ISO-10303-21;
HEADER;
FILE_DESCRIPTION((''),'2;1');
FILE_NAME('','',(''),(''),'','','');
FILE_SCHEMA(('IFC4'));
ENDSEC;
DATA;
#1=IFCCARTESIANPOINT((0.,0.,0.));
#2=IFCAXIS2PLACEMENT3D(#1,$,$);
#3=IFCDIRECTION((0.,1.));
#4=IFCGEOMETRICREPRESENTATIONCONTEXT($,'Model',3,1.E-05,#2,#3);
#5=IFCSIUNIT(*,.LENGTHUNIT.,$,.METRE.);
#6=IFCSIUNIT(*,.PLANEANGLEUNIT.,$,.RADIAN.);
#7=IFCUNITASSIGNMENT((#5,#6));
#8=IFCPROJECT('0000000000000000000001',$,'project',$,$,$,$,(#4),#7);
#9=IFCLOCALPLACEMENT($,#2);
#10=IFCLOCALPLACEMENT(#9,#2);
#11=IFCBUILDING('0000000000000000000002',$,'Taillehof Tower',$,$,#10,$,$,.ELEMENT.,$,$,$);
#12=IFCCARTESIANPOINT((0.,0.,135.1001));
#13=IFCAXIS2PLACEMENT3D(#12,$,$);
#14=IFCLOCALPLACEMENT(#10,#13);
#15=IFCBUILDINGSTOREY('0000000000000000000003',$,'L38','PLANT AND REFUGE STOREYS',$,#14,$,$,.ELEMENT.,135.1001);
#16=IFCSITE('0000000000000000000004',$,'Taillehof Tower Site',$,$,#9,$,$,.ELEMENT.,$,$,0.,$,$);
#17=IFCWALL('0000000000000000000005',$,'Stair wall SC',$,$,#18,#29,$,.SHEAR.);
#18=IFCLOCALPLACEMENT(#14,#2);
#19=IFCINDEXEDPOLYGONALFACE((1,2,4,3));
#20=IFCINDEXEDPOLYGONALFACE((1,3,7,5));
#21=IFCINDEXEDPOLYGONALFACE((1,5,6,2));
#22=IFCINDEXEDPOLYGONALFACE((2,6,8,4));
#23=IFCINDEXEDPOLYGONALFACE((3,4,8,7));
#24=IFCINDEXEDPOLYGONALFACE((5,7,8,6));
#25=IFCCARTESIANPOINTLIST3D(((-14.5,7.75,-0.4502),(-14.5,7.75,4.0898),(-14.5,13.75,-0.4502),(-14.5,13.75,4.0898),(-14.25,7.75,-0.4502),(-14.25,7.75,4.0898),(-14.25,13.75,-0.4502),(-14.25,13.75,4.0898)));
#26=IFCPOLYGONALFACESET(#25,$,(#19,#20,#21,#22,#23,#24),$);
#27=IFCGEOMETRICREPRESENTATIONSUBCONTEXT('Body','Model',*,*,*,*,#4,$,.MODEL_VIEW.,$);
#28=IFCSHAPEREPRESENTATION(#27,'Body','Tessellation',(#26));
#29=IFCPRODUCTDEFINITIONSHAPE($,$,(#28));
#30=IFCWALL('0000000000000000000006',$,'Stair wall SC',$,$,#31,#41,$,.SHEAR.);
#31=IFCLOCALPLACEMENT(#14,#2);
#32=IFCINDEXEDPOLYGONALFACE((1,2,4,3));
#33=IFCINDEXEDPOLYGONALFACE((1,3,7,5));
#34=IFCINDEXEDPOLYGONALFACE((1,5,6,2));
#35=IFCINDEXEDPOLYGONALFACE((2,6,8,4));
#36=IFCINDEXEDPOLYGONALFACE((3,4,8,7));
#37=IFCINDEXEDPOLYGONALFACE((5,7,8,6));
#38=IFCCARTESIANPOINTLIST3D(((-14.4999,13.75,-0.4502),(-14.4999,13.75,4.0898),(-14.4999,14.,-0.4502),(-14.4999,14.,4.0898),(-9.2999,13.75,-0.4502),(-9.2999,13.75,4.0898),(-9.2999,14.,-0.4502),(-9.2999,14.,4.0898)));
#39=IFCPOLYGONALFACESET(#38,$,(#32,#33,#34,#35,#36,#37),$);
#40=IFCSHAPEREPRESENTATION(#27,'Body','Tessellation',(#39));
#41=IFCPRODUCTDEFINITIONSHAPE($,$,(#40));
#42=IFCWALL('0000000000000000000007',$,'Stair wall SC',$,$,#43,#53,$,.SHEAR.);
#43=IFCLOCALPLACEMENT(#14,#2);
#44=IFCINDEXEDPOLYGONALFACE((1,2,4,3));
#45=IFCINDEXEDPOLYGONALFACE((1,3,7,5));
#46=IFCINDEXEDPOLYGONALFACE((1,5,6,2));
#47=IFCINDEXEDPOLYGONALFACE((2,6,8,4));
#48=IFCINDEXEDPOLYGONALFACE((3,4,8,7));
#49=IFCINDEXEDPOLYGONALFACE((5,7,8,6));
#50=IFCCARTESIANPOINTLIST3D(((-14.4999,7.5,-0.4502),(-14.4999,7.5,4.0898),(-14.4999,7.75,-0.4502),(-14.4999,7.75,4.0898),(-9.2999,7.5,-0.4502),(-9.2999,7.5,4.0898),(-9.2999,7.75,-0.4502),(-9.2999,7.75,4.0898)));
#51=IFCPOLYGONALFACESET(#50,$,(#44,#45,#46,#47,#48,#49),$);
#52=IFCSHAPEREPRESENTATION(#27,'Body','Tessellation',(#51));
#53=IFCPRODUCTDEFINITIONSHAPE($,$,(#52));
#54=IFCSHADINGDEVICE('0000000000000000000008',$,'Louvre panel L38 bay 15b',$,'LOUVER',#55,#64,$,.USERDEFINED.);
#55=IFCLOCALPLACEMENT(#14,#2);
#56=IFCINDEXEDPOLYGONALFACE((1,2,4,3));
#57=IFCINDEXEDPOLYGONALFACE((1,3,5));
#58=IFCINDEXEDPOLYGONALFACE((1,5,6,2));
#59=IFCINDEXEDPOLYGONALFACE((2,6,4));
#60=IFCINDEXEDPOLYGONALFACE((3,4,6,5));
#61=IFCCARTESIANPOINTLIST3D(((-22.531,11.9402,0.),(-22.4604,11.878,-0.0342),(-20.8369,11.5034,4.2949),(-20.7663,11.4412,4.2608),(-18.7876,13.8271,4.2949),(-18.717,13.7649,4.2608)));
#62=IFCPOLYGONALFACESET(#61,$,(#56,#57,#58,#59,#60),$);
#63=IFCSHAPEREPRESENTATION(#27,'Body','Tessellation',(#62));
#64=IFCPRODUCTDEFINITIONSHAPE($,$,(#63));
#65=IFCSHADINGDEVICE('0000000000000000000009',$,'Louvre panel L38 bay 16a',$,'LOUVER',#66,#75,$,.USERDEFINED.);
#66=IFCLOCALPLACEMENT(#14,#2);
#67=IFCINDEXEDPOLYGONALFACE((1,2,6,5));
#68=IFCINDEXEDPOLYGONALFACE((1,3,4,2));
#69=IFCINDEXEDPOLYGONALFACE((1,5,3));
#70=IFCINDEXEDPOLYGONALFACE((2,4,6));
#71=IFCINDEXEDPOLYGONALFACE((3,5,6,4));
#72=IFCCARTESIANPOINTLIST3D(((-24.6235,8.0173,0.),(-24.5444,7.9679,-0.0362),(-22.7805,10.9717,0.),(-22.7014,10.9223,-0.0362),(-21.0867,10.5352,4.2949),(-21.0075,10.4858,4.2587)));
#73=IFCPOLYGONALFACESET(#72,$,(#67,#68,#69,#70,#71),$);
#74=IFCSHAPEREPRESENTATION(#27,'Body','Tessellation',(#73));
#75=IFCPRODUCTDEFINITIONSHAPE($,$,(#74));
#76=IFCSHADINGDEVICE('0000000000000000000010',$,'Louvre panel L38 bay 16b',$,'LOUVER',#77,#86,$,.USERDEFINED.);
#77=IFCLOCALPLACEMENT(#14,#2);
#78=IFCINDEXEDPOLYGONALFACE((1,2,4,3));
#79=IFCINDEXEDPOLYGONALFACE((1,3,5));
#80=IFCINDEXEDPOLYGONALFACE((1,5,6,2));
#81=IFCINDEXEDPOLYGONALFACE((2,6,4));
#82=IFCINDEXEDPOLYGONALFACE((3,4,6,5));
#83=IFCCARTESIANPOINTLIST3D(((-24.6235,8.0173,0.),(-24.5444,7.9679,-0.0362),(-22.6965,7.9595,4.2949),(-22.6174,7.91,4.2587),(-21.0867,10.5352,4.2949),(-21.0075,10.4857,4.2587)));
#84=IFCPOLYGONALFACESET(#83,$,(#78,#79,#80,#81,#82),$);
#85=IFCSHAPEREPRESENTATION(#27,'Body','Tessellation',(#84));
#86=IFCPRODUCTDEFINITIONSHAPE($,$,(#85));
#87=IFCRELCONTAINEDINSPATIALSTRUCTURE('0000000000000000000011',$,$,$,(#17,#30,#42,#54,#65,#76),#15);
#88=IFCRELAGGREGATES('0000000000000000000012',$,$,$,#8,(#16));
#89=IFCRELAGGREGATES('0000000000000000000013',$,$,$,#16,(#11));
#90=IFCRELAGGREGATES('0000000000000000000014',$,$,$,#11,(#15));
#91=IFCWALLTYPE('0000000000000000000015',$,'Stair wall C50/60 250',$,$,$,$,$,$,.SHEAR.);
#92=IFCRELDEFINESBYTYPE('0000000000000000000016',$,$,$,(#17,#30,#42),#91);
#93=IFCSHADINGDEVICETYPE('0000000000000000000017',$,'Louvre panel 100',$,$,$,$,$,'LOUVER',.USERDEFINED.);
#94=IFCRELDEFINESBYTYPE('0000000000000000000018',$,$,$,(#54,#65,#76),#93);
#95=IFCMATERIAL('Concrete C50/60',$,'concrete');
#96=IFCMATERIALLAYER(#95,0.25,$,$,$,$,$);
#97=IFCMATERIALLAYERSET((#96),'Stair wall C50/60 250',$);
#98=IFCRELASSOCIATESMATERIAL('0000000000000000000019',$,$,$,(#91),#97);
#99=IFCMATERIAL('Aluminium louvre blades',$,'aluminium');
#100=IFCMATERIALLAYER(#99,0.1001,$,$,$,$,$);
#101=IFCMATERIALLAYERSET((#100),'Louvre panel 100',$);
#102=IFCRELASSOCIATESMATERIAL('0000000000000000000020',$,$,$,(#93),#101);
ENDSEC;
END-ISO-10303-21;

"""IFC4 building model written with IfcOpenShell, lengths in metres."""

from ifc_helpers import new_model, si_unit, direction, frame, frame_2d, origin, place, context, subcontext, project, spatial, polyline, rectangle, outline, extrude, material, layer, layer_set, type_object, element, save


model = new_model("IFC4")

# Units and contexts
model_context = context("Model", 3, precision=1e-05, world=origin(), true_north=direction((0.0, 1.0)))
body_context = subcontext(model_context, "Body", "Model", "MODEL_VIEW")
ifc_project = project(units=[si_unit("LENGTHUNIT", "METRE"), si_unit("PLANEANGLEUNIT", "RADIAN")], contexts=[model_context])

# Site, building, storey
site_placement = place(None, origin())
site = spatial("IfcSite", under=ifc_project, at=site_placement, Name="Taillehof Tower Site", CompositionType="ELEMENT", RefElevation=0.0)
building_placement = place(site_placement, origin())
building = spatial("IfcBuilding", under=site, at=building_placement, Name="Taillehof Tower", CompositionType="ELEMENT")
storey_placement = place(building_placement, frame((0.0, 0.0, 135.1001)))
storey = spatial("IfcBuildingStorey", under=building, at=storey_placement, Name="L38", Description="PLANT AND REFUGE STOREYS", CompositionType="ELEMENT", Elevation=135.1001)

# Walls
ifc_material_1 = material(Name="Concrete C50/60", Category="concrete")
ifc_layer_1 = layer(ifc_material_1, 0.25)
ifc_layer_set_1 = layer_set([ifc_layer_1], Name="Stair wall C50/60 250")
wall_type_1 = type_object("IfcWallType", Name="Stair wall C50/60 250", PredefinedType="SHEAR", material=ifc_layer_set_1)
wall_1_placement = place(storey_placement, frame((-14.375, 7.75, -0.4502), z_axis=(0.0, 0.0, 1.0), x_axis=(0.0, 1.0, 0.0)))
element("IfcWall", 1, at=wall_1_placement, inside=storey, type_object=wall_type_1, Name="Stair wall SC", PredefinedType="SHEAR", context=body_context, shape_type="SweptSolid", body=[
    extrude(rectangle(XDim=6.0, YDim=0.25, at=frame_2d((3.0, 0.0))), origin(), (0.0, 0.0, 1.0), 4.54),
])
for number, where, z_axis, x_axis, name in (
    (2, (-14.5, 13.875, -0.4502), (0.0, 0.0, 1.0), (1.0, 0.0, 0.0), "Stair wall SC"),
    (3, (-14.5, 7.625, -0.4502), (0.0, 0.0, 1.0), (1.0, 0.0, 0.0), "Stair wall SC"),
):
    element("IfcWall", number, at=place(storey_placement, frame(where, z_axis=z_axis, x_axis=x_axis)), inside=storey, type_object=wall_type_1, Name=name, PredefinedType="SHEAR", context=body_context, shape_type="SweptSolid", body=[
        extrude(rectangle(XDim=5.2, YDim=0.25, at=frame_2d((2.6001, 0.0))), origin(), (0.0, 0.0, 1.0), 4.54),
    ])

# Shading devices
ifc_material_2 = material(Name="Aluminium louvre blades", Category="aluminium")
ifc_layer_2 = layer(ifc_material_2, 0.1001)
ifc_layer_set_2 = layer_set([ifc_layer_2], Name="Louvre panel 100")
shading_device_type = type_object("IfcShadingDeviceType", Name="Louvre panel 100", ElementType="LOUVER", PredefinedType="USERDEFINED", material=ifc_layer_set_2)
shading_device_1_placement = place(storey_placement, frame((-22.531, 11.9402, 0.0), z_axis=(-0.704971, 0.621719, 0.341294), x_axis=(0.365297, -0.09418, 0.926114)))
element("IfcShadingDevice", 4, at=shading_device_1_placement, inside=storey, type_object=shading_device_type, Name="Louvre panel L38 bay 15b", ObjectType="LOUVER", PredefinedType="USERDEFINED", context=body_context, shape_type="SweptSolid", body=[
    extrude(outline(polyline([(0.0, 0.0), (4.6376, 0.0), (5.1673, 3.0527), (0.0, 0.0)])), origin(), (0.0, 0.0, -1.0), 0.1001),
])
shading_device_2_placement = place(storey_placement, frame((-22.7805, 10.9717, 0.0), z_axis=(-0.790882, 0.493378, 0.362056), x_axis=(-0.529287, -0.848443, 0.0)))
element("IfcShadingDevice", 5, at=shading_device_2_placement, inside=storey, type_object=shading_device_type, Name="Louvre panel L38 bay 16a", ObjectType="LOUVER", PredefinedType="USERDEFINED", context=body_context, shape_type="SweptSolid", body=[
    extrude(outline(polyline([(0.0, 0.0), (3.4821, 0.0), (-0.5262, 4.6075), (0.0, 0.0)])), origin(), (0.0, 0.0, -1.0), 0.1001),
])
shading_device_3_placement = place(storey_placement, frame((-24.6235, 8.0173, 0.0), z_axis=(-0.790672, 0.494189, 0.361408), x_axis=(0.409324, -0.012291, 0.912306)))
element("IfcShadingDevice", 6, at=shading_device_3_placement, inside=storey, type_object=shading_device_type, Name="Louvre panel L38 bay 16b", ObjectType="LOUVER", PredefinedType="USERDEFINED", context=body_context, shape_type="SweptSolid", body=[
    extrude(outline(polyline([(0.0, 0.0), (4.7078, 0.0), (5.3351, 2.9719), (0.0, 0.0)])), origin(), (0.0, 0.0, -1.0), 0.1001),
])

save(model, "model.ifc")
